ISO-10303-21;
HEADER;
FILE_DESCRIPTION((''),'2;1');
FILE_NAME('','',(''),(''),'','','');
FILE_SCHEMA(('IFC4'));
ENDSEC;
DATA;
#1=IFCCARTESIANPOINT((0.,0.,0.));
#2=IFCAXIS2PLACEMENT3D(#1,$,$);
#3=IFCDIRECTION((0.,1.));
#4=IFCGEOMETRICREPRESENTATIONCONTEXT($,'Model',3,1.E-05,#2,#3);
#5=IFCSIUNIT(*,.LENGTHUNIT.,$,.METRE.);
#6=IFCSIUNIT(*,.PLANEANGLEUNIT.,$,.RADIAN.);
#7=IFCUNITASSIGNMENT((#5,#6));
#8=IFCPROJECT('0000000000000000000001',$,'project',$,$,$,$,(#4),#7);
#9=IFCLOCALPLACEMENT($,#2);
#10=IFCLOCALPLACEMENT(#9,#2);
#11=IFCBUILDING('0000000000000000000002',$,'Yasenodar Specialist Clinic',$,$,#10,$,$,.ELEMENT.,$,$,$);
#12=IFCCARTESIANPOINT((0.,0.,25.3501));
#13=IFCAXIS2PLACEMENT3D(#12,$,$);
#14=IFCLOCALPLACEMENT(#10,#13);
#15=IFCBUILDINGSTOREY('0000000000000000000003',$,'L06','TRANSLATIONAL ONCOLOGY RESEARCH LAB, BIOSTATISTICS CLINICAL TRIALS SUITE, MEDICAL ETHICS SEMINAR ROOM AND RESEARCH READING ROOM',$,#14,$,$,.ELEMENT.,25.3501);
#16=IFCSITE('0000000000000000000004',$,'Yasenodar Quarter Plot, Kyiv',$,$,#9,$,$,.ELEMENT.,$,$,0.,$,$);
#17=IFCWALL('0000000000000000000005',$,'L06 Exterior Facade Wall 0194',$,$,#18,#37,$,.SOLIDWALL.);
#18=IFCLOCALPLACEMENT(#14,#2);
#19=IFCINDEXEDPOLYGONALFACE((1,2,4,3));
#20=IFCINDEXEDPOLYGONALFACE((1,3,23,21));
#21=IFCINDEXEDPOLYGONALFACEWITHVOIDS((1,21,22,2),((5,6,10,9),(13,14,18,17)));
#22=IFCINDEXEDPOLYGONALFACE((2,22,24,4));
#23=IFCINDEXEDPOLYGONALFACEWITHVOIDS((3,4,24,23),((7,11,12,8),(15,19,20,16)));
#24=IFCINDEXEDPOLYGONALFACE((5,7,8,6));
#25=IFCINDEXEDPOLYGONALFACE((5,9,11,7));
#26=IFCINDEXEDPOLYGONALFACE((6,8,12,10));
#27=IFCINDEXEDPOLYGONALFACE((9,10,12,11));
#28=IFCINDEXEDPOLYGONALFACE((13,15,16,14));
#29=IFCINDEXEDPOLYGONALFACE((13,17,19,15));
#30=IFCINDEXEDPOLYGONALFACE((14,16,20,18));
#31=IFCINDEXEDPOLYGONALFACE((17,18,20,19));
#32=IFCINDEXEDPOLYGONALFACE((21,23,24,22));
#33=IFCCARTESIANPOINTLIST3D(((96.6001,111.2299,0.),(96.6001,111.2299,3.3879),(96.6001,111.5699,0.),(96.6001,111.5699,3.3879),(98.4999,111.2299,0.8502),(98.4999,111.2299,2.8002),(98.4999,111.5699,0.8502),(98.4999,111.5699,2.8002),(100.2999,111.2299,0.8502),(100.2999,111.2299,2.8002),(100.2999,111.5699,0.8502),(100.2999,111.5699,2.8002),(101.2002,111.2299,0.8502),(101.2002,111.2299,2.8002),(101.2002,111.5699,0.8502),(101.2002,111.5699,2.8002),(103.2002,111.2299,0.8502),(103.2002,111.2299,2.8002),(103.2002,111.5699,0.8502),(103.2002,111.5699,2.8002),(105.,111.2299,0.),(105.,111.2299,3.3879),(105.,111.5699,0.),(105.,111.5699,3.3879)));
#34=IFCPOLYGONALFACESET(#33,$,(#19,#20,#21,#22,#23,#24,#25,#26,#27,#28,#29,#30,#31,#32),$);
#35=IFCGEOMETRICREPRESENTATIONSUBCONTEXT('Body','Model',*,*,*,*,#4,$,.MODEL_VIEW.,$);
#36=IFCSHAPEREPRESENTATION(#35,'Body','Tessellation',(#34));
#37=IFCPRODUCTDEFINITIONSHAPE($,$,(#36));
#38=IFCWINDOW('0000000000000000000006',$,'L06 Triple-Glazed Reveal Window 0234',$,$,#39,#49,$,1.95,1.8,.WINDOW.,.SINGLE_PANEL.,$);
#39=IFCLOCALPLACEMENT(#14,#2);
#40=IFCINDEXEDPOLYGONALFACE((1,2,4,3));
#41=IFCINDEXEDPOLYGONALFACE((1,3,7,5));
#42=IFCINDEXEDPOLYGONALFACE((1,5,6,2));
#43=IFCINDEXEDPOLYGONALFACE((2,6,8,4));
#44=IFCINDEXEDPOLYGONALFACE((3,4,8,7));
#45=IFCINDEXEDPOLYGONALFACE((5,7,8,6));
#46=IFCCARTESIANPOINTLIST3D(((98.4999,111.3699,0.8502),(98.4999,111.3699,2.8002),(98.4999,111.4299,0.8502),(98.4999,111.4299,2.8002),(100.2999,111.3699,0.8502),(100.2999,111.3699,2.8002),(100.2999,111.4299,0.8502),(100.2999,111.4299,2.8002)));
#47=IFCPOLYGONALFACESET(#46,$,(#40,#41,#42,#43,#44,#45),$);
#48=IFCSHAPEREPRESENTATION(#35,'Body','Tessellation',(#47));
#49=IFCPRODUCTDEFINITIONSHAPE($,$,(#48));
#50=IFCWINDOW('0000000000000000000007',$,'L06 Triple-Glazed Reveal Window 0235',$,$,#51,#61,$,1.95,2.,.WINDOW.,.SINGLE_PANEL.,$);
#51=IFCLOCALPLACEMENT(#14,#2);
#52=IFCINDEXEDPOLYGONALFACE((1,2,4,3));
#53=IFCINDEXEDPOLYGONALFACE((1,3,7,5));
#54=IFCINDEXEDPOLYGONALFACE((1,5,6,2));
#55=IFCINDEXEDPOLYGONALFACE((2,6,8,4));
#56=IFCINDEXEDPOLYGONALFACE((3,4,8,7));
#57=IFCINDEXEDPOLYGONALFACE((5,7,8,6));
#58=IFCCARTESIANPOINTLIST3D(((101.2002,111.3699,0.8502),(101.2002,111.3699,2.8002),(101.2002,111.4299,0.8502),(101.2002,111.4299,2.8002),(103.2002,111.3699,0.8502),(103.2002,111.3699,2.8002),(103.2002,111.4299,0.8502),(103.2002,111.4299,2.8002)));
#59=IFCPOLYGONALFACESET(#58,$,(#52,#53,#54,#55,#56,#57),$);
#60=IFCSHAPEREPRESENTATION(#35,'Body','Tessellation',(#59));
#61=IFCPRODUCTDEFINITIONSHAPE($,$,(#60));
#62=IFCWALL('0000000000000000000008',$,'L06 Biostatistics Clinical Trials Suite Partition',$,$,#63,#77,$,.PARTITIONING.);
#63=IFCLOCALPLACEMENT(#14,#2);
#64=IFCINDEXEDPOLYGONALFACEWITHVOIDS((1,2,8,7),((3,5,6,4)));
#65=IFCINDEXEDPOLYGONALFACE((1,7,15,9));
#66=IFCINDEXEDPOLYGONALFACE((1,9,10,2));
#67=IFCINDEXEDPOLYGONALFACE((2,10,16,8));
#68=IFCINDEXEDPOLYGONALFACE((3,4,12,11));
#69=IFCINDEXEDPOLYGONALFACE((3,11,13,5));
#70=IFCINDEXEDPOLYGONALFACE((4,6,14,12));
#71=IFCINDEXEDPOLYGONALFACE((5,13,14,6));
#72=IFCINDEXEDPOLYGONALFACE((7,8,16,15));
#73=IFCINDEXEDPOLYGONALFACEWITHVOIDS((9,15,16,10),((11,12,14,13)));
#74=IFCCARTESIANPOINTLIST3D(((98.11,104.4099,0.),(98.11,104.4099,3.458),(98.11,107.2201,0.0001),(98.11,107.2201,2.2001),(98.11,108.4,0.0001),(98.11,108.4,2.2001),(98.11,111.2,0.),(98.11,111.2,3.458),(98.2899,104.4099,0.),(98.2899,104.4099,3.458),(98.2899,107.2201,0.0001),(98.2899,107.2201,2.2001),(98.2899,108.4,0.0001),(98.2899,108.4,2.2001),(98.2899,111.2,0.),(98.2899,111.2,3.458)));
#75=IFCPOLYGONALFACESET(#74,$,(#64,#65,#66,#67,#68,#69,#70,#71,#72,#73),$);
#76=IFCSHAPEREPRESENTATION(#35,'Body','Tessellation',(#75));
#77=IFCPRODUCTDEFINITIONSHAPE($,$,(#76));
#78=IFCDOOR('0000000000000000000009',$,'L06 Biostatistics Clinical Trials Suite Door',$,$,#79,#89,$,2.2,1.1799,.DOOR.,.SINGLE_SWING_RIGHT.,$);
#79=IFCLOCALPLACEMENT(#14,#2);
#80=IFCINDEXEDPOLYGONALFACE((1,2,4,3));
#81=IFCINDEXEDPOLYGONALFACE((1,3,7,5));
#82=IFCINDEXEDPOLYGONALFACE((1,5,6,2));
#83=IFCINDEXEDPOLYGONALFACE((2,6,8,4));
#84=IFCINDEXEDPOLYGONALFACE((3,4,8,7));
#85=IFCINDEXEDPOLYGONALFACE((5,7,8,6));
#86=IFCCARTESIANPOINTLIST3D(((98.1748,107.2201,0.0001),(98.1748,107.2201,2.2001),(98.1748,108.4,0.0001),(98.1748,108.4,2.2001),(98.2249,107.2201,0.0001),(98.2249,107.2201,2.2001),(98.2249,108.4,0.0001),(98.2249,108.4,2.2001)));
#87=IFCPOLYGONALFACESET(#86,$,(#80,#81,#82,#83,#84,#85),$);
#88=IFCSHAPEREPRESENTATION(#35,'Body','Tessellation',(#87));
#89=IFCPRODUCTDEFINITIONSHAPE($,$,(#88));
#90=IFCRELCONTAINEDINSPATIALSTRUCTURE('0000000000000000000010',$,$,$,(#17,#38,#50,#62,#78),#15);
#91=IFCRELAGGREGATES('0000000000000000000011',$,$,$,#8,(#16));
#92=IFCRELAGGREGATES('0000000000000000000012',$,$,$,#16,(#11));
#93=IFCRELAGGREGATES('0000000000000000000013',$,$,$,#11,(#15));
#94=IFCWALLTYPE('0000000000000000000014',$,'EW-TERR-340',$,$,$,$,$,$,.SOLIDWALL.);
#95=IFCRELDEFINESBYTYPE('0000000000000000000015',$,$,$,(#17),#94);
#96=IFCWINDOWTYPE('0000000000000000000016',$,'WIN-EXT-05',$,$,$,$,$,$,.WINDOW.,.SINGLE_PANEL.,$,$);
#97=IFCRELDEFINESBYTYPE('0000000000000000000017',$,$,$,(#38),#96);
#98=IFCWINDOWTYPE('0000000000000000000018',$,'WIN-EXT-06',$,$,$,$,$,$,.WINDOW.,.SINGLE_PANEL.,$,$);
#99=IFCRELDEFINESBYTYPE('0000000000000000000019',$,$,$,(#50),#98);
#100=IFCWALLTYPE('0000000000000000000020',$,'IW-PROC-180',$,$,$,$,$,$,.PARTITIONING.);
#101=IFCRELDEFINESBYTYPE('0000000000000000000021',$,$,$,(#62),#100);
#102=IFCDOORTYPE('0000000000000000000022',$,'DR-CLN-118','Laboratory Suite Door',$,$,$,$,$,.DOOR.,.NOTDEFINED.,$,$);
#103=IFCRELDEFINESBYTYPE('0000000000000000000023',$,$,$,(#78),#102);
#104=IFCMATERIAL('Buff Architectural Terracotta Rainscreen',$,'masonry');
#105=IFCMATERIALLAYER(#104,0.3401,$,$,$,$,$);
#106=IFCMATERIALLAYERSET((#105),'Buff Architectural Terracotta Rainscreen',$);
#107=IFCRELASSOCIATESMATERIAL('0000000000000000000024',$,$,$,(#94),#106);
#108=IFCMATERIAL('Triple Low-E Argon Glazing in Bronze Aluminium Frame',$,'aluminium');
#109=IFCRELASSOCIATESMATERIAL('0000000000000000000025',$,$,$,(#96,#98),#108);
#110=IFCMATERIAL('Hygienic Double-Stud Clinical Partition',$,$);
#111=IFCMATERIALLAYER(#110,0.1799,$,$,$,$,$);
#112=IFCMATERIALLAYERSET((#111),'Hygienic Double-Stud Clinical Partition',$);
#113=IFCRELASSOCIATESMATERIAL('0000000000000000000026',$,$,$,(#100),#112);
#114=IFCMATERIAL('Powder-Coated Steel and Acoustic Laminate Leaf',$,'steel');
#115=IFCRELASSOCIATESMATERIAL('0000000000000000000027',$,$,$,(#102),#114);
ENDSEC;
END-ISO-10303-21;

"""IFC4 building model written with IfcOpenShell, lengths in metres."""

from ifc_helpers import new_model, si_unit, direction, frame, frame_2d, origin, place, context, subcontext, project, spatial, rectangle, extrude, material, layer, layer_set, type_object, element, fill, save


model = new_model("IFC4")

# Units and contexts
model_context = context("Model", 3, precision=1e-05, world=origin(), true_north=direction((0.0, 1.0)))
body_context = subcontext(model_context, "Body", "Model", "MODEL_VIEW")
ifc_project = project(units=[si_unit("LENGTHUNIT", "METRE"), si_unit("PLANEANGLEUNIT", "RADIAN")], contexts=[model_context])

# Site, building, storey
site_placement = place(None, origin())
site = spatial("IfcSite", under=ifc_project, at=site_placement, Name="Yasenodar Quarter Plot, Kyiv", CompositionType="ELEMENT", RefElevation=0.0)
building_placement = place(site_placement, origin())
building = spatial("IfcBuilding", under=site, at=building_placement, Name="Yasenodar Specialist Clinic", CompositionType="ELEMENT")
storey_placement = place(building_placement, frame((0.0, 0.0, 25.3501)))
storey = spatial("IfcBuildingStorey", under=building, at=storey_placement, Name="L06", Description="TRANSLATIONAL ONCOLOGY RESEARCH LAB, BIOSTATISTICS CLINICAL TRIALS SUITE, MEDICAL ETHICS SEMINAR ROOM AND RESEARCH READING ROOM", CompositionType="ELEMENT", Elevation=25.3501)

# Wall, openings, windows
ifc_material_1 = material(Name="Buff Architectural Terracotta Rainscreen", Category="masonry")
ifc_layer_1 = layer(ifc_material_1, 0.3401)
ifc_layer_set_1 = layer_set([ifc_layer_1], Name="Buff Architectural Terracotta Rainscreen")
wall_type_1 = type_object("IfcWallType", Name="EW-TERR-340", PredefinedType="SOLIDWALL", material=ifc_layer_set_1)
wall_1_placement = place(storey_placement, frame((96.6001, 111.3999, 0.0), z_axis=(0.0, 0.0, 1.0), x_axis=(1.0, 0.0, 0.0)))
wall_1 = element("IfcWall", 1, at=wall_1_placement, inside=storey, type_object=wall_type_1, Name="L06 Exterior Facade Wall 0194", PredefinedType="SOLIDWALL", context=body_context, shape_type="SweptSolid", body=[
    extrude(rectangle(XDim=8.3999, YDim=0.3401, at=frame_2d((4.2, 0.0))), origin(), (0.0, 0.0, 1.0), 3.3879),
])
opening_1_placement = place(wall_1_placement, frame((1.8999, 0.0, 0.8501)))
opening_1 = element("IfcOpeningElement", 2, at=opening_1_placement, cuts=wall_1, PredefinedType="OPENING", context=body_context, shape_type="SweptSolid", body=[
    extrude(rectangle(XDim=1.8, YDim=1.95, at=frame_2d((0.8999, 0.9751))), frame((0.0, 0.1802, 0.0), z_axis=(0.0, -1.0, 0.0), x_axis=(1.0, 0.0, 0.0)), (0.0, 0.0, 1.0), 0.3601),
])
opening_2_placement = place(wall_1_placement, frame((4.6001, 0.0, 0.8501)))
opening_2 = element("IfcOpeningElement", 3, at=opening_2_placement, cuts=wall_1, PredefinedType="OPENING", context=body_context, shape_type="SweptSolid", body=[
    extrude(rectangle(XDim=2.0, YDim=1.95, at=frame_2d((1.0, 0.9751))), frame((0.0, 0.1802, 0.0), z_axis=(0.0, -1.0, 0.0), x_axis=(1.0, 0.0, 0.0)), (0.0, 0.0, 1.0), 0.3601),
])
ifc_material_2 = material(Name="Triple Low-E Argon Glazing in Bronze Aluminium Frame", Category="aluminium")
window_type_1 = type_object("IfcWindowType", Name="WIN-EXT-05", PartitioningType="SINGLE_PANEL", PredefinedType="WINDOW", material=ifc_material_2)
window_1_placement = place(opening_1_placement, origin())
window_1 = element("IfcWindow", 4, at=window_1_placement, inside=storey, type_object=window_type_1, Name="L06 Triple-Glazed Reveal Window 0234", OverallHeight=1.95, OverallWidth=1.8, PartitioningType="SINGLE_PANEL", PredefinedType="WINDOW", context=body_context, shape_type="SweptSolid", body=[
    extrude(rectangle(XDim=1.8, YDim=1.95, at=frame_2d((0.8999, 0.9751))), frame((0.0, 0.03, 0.0), z_axis=(0.0, -1.0, 0.0), x_axis=(1.0, 0.0, 0.0)), (0.0, 0.0, 1.0), 0.0601),
])
fill(opening_1, window_1)
window_type_2 = type_object("IfcWindowType", Name="WIN-EXT-06", PartitioningType="SINGLE_PANEL", PredefinedType="WINDOW", material=ifc_material_2)
window_2_placement = place(opening_2_placement, origin())
window_2 = element("IfcWindow", 5, at=window_2_placement, inside=storey, type_object=window_type_2, Name="L06 Triple-Glazed Reveal Window 0235", OverallHeight=1.95, OverallWidth=2.0, PartitioningType="SINGLE_PANEL", PredefinedType="WINDOW", context=body_context, shape_type="SweptSolid", body=[
    extrude(rectangle(XDim=2.0, YDim=1.95, at=frame_2d((1.0, 0.9751))), frame((0.0, 0.03, 0.0), z_axis=(0.0, -1.0, 0.0), x_axis=(1.0, 0.0, 0.0)), (0.0, 0.0, 1.0), 0.0601),
])
fill(opening_2, window_2)

# Wall, opening, door
ifc_material_3 = material(Name="Hygienic Double-Stud Clinical Partition")
ifc_layer_2 = layer(ifc_material_3, 0.1799)
ifc_layer_set_2 = layer_set([ifc_layer_2], Name="Hygienic Double-Stud Clinical Partition")
wall_type_2 = type_object("IfcWallType", Name="IW-PROC-180", PredefinedType="PARTITIONING", material=ifc_layer_set_2)
wall_2_placement = place(storey_placement, frame((98.2, 111.2, 0.0), z_axis=(0.0, 0.0, 1.0), x_axis=(0.0, -1.0, 0.0)))
wall_2 = element("IfcWall", 6, at=wall_2_placement, inside=storey, type_object=wall_type_2, Name="L06 Biostatistics Clinical Trials Suite Partition", PredefinedType="PARTITIONING", context=body_context, shape_type="SweptSolid", body=[
    extrude(rectangle(XDim=6.79, YDim=0.1799, at=frame_2d((3.395, 0.0))), origin(), (0.0, 0.0, 1.0), 3.458),
])
opening_3_placement = place(wall_2_placement, frame((2.8, 0.0, 0.0)))
opening_3 = element("IfcOpeningElement", 7, at=opening_3_placement, cuts=wall_2, PredefinedType="OPENING", context=body_context, shape_type="SweptSolid", body=[
    extrude(rectangle(XDim=1.1799, YDim=2.2, at=frame_2d((0.5898, 1.1001))), frame((0.0, 0.1001, 0.0), z_axis=(0.0, -1.0, 0.0), x_axis=(1.0, 0.0, 0.0)), (0.0, 0.0, 1.0), 0.2),
])
ifc_material_4 = material(Name="Powder-Coated Steel and Acoustic Laminate Leaf", Category="steel")
door_type = type_object("IfcDoorType", Name="DR-CLN-118", Description="Laboratory Suite Door", OperationType="NOTDEFINED", PredefinedType="DOOR", material=ifc_material_4)
door_placement = place(opening_3_placement, origin())
door = element("IfcDoor", 8, at=door_placement, inside=storey, type_object=door_type, Name="L06 Biostatistics Clinical Trials Suite Door", OperationType="SINGLE_SWING_RIGHT", OverallHeight=2.2, OverallWidth=1.1799, PredefinedType="DOOR", context=body_context, shape_type="SweptSolid", body=[
    extrude(rectangle(XDim=1.1799, YDim=2.2, at=frame_2d((0.5898, 1.1001))), frame((0.0, 0.0249, 0.0), z_axis=(0.0, -1.0, 0.0), x_axis=(1.0, 0.0, 0.0)), (0.0, 0.0, 1.0), 0.05),
])
fill(opening_3, door)

save(model, "model.ifc")
